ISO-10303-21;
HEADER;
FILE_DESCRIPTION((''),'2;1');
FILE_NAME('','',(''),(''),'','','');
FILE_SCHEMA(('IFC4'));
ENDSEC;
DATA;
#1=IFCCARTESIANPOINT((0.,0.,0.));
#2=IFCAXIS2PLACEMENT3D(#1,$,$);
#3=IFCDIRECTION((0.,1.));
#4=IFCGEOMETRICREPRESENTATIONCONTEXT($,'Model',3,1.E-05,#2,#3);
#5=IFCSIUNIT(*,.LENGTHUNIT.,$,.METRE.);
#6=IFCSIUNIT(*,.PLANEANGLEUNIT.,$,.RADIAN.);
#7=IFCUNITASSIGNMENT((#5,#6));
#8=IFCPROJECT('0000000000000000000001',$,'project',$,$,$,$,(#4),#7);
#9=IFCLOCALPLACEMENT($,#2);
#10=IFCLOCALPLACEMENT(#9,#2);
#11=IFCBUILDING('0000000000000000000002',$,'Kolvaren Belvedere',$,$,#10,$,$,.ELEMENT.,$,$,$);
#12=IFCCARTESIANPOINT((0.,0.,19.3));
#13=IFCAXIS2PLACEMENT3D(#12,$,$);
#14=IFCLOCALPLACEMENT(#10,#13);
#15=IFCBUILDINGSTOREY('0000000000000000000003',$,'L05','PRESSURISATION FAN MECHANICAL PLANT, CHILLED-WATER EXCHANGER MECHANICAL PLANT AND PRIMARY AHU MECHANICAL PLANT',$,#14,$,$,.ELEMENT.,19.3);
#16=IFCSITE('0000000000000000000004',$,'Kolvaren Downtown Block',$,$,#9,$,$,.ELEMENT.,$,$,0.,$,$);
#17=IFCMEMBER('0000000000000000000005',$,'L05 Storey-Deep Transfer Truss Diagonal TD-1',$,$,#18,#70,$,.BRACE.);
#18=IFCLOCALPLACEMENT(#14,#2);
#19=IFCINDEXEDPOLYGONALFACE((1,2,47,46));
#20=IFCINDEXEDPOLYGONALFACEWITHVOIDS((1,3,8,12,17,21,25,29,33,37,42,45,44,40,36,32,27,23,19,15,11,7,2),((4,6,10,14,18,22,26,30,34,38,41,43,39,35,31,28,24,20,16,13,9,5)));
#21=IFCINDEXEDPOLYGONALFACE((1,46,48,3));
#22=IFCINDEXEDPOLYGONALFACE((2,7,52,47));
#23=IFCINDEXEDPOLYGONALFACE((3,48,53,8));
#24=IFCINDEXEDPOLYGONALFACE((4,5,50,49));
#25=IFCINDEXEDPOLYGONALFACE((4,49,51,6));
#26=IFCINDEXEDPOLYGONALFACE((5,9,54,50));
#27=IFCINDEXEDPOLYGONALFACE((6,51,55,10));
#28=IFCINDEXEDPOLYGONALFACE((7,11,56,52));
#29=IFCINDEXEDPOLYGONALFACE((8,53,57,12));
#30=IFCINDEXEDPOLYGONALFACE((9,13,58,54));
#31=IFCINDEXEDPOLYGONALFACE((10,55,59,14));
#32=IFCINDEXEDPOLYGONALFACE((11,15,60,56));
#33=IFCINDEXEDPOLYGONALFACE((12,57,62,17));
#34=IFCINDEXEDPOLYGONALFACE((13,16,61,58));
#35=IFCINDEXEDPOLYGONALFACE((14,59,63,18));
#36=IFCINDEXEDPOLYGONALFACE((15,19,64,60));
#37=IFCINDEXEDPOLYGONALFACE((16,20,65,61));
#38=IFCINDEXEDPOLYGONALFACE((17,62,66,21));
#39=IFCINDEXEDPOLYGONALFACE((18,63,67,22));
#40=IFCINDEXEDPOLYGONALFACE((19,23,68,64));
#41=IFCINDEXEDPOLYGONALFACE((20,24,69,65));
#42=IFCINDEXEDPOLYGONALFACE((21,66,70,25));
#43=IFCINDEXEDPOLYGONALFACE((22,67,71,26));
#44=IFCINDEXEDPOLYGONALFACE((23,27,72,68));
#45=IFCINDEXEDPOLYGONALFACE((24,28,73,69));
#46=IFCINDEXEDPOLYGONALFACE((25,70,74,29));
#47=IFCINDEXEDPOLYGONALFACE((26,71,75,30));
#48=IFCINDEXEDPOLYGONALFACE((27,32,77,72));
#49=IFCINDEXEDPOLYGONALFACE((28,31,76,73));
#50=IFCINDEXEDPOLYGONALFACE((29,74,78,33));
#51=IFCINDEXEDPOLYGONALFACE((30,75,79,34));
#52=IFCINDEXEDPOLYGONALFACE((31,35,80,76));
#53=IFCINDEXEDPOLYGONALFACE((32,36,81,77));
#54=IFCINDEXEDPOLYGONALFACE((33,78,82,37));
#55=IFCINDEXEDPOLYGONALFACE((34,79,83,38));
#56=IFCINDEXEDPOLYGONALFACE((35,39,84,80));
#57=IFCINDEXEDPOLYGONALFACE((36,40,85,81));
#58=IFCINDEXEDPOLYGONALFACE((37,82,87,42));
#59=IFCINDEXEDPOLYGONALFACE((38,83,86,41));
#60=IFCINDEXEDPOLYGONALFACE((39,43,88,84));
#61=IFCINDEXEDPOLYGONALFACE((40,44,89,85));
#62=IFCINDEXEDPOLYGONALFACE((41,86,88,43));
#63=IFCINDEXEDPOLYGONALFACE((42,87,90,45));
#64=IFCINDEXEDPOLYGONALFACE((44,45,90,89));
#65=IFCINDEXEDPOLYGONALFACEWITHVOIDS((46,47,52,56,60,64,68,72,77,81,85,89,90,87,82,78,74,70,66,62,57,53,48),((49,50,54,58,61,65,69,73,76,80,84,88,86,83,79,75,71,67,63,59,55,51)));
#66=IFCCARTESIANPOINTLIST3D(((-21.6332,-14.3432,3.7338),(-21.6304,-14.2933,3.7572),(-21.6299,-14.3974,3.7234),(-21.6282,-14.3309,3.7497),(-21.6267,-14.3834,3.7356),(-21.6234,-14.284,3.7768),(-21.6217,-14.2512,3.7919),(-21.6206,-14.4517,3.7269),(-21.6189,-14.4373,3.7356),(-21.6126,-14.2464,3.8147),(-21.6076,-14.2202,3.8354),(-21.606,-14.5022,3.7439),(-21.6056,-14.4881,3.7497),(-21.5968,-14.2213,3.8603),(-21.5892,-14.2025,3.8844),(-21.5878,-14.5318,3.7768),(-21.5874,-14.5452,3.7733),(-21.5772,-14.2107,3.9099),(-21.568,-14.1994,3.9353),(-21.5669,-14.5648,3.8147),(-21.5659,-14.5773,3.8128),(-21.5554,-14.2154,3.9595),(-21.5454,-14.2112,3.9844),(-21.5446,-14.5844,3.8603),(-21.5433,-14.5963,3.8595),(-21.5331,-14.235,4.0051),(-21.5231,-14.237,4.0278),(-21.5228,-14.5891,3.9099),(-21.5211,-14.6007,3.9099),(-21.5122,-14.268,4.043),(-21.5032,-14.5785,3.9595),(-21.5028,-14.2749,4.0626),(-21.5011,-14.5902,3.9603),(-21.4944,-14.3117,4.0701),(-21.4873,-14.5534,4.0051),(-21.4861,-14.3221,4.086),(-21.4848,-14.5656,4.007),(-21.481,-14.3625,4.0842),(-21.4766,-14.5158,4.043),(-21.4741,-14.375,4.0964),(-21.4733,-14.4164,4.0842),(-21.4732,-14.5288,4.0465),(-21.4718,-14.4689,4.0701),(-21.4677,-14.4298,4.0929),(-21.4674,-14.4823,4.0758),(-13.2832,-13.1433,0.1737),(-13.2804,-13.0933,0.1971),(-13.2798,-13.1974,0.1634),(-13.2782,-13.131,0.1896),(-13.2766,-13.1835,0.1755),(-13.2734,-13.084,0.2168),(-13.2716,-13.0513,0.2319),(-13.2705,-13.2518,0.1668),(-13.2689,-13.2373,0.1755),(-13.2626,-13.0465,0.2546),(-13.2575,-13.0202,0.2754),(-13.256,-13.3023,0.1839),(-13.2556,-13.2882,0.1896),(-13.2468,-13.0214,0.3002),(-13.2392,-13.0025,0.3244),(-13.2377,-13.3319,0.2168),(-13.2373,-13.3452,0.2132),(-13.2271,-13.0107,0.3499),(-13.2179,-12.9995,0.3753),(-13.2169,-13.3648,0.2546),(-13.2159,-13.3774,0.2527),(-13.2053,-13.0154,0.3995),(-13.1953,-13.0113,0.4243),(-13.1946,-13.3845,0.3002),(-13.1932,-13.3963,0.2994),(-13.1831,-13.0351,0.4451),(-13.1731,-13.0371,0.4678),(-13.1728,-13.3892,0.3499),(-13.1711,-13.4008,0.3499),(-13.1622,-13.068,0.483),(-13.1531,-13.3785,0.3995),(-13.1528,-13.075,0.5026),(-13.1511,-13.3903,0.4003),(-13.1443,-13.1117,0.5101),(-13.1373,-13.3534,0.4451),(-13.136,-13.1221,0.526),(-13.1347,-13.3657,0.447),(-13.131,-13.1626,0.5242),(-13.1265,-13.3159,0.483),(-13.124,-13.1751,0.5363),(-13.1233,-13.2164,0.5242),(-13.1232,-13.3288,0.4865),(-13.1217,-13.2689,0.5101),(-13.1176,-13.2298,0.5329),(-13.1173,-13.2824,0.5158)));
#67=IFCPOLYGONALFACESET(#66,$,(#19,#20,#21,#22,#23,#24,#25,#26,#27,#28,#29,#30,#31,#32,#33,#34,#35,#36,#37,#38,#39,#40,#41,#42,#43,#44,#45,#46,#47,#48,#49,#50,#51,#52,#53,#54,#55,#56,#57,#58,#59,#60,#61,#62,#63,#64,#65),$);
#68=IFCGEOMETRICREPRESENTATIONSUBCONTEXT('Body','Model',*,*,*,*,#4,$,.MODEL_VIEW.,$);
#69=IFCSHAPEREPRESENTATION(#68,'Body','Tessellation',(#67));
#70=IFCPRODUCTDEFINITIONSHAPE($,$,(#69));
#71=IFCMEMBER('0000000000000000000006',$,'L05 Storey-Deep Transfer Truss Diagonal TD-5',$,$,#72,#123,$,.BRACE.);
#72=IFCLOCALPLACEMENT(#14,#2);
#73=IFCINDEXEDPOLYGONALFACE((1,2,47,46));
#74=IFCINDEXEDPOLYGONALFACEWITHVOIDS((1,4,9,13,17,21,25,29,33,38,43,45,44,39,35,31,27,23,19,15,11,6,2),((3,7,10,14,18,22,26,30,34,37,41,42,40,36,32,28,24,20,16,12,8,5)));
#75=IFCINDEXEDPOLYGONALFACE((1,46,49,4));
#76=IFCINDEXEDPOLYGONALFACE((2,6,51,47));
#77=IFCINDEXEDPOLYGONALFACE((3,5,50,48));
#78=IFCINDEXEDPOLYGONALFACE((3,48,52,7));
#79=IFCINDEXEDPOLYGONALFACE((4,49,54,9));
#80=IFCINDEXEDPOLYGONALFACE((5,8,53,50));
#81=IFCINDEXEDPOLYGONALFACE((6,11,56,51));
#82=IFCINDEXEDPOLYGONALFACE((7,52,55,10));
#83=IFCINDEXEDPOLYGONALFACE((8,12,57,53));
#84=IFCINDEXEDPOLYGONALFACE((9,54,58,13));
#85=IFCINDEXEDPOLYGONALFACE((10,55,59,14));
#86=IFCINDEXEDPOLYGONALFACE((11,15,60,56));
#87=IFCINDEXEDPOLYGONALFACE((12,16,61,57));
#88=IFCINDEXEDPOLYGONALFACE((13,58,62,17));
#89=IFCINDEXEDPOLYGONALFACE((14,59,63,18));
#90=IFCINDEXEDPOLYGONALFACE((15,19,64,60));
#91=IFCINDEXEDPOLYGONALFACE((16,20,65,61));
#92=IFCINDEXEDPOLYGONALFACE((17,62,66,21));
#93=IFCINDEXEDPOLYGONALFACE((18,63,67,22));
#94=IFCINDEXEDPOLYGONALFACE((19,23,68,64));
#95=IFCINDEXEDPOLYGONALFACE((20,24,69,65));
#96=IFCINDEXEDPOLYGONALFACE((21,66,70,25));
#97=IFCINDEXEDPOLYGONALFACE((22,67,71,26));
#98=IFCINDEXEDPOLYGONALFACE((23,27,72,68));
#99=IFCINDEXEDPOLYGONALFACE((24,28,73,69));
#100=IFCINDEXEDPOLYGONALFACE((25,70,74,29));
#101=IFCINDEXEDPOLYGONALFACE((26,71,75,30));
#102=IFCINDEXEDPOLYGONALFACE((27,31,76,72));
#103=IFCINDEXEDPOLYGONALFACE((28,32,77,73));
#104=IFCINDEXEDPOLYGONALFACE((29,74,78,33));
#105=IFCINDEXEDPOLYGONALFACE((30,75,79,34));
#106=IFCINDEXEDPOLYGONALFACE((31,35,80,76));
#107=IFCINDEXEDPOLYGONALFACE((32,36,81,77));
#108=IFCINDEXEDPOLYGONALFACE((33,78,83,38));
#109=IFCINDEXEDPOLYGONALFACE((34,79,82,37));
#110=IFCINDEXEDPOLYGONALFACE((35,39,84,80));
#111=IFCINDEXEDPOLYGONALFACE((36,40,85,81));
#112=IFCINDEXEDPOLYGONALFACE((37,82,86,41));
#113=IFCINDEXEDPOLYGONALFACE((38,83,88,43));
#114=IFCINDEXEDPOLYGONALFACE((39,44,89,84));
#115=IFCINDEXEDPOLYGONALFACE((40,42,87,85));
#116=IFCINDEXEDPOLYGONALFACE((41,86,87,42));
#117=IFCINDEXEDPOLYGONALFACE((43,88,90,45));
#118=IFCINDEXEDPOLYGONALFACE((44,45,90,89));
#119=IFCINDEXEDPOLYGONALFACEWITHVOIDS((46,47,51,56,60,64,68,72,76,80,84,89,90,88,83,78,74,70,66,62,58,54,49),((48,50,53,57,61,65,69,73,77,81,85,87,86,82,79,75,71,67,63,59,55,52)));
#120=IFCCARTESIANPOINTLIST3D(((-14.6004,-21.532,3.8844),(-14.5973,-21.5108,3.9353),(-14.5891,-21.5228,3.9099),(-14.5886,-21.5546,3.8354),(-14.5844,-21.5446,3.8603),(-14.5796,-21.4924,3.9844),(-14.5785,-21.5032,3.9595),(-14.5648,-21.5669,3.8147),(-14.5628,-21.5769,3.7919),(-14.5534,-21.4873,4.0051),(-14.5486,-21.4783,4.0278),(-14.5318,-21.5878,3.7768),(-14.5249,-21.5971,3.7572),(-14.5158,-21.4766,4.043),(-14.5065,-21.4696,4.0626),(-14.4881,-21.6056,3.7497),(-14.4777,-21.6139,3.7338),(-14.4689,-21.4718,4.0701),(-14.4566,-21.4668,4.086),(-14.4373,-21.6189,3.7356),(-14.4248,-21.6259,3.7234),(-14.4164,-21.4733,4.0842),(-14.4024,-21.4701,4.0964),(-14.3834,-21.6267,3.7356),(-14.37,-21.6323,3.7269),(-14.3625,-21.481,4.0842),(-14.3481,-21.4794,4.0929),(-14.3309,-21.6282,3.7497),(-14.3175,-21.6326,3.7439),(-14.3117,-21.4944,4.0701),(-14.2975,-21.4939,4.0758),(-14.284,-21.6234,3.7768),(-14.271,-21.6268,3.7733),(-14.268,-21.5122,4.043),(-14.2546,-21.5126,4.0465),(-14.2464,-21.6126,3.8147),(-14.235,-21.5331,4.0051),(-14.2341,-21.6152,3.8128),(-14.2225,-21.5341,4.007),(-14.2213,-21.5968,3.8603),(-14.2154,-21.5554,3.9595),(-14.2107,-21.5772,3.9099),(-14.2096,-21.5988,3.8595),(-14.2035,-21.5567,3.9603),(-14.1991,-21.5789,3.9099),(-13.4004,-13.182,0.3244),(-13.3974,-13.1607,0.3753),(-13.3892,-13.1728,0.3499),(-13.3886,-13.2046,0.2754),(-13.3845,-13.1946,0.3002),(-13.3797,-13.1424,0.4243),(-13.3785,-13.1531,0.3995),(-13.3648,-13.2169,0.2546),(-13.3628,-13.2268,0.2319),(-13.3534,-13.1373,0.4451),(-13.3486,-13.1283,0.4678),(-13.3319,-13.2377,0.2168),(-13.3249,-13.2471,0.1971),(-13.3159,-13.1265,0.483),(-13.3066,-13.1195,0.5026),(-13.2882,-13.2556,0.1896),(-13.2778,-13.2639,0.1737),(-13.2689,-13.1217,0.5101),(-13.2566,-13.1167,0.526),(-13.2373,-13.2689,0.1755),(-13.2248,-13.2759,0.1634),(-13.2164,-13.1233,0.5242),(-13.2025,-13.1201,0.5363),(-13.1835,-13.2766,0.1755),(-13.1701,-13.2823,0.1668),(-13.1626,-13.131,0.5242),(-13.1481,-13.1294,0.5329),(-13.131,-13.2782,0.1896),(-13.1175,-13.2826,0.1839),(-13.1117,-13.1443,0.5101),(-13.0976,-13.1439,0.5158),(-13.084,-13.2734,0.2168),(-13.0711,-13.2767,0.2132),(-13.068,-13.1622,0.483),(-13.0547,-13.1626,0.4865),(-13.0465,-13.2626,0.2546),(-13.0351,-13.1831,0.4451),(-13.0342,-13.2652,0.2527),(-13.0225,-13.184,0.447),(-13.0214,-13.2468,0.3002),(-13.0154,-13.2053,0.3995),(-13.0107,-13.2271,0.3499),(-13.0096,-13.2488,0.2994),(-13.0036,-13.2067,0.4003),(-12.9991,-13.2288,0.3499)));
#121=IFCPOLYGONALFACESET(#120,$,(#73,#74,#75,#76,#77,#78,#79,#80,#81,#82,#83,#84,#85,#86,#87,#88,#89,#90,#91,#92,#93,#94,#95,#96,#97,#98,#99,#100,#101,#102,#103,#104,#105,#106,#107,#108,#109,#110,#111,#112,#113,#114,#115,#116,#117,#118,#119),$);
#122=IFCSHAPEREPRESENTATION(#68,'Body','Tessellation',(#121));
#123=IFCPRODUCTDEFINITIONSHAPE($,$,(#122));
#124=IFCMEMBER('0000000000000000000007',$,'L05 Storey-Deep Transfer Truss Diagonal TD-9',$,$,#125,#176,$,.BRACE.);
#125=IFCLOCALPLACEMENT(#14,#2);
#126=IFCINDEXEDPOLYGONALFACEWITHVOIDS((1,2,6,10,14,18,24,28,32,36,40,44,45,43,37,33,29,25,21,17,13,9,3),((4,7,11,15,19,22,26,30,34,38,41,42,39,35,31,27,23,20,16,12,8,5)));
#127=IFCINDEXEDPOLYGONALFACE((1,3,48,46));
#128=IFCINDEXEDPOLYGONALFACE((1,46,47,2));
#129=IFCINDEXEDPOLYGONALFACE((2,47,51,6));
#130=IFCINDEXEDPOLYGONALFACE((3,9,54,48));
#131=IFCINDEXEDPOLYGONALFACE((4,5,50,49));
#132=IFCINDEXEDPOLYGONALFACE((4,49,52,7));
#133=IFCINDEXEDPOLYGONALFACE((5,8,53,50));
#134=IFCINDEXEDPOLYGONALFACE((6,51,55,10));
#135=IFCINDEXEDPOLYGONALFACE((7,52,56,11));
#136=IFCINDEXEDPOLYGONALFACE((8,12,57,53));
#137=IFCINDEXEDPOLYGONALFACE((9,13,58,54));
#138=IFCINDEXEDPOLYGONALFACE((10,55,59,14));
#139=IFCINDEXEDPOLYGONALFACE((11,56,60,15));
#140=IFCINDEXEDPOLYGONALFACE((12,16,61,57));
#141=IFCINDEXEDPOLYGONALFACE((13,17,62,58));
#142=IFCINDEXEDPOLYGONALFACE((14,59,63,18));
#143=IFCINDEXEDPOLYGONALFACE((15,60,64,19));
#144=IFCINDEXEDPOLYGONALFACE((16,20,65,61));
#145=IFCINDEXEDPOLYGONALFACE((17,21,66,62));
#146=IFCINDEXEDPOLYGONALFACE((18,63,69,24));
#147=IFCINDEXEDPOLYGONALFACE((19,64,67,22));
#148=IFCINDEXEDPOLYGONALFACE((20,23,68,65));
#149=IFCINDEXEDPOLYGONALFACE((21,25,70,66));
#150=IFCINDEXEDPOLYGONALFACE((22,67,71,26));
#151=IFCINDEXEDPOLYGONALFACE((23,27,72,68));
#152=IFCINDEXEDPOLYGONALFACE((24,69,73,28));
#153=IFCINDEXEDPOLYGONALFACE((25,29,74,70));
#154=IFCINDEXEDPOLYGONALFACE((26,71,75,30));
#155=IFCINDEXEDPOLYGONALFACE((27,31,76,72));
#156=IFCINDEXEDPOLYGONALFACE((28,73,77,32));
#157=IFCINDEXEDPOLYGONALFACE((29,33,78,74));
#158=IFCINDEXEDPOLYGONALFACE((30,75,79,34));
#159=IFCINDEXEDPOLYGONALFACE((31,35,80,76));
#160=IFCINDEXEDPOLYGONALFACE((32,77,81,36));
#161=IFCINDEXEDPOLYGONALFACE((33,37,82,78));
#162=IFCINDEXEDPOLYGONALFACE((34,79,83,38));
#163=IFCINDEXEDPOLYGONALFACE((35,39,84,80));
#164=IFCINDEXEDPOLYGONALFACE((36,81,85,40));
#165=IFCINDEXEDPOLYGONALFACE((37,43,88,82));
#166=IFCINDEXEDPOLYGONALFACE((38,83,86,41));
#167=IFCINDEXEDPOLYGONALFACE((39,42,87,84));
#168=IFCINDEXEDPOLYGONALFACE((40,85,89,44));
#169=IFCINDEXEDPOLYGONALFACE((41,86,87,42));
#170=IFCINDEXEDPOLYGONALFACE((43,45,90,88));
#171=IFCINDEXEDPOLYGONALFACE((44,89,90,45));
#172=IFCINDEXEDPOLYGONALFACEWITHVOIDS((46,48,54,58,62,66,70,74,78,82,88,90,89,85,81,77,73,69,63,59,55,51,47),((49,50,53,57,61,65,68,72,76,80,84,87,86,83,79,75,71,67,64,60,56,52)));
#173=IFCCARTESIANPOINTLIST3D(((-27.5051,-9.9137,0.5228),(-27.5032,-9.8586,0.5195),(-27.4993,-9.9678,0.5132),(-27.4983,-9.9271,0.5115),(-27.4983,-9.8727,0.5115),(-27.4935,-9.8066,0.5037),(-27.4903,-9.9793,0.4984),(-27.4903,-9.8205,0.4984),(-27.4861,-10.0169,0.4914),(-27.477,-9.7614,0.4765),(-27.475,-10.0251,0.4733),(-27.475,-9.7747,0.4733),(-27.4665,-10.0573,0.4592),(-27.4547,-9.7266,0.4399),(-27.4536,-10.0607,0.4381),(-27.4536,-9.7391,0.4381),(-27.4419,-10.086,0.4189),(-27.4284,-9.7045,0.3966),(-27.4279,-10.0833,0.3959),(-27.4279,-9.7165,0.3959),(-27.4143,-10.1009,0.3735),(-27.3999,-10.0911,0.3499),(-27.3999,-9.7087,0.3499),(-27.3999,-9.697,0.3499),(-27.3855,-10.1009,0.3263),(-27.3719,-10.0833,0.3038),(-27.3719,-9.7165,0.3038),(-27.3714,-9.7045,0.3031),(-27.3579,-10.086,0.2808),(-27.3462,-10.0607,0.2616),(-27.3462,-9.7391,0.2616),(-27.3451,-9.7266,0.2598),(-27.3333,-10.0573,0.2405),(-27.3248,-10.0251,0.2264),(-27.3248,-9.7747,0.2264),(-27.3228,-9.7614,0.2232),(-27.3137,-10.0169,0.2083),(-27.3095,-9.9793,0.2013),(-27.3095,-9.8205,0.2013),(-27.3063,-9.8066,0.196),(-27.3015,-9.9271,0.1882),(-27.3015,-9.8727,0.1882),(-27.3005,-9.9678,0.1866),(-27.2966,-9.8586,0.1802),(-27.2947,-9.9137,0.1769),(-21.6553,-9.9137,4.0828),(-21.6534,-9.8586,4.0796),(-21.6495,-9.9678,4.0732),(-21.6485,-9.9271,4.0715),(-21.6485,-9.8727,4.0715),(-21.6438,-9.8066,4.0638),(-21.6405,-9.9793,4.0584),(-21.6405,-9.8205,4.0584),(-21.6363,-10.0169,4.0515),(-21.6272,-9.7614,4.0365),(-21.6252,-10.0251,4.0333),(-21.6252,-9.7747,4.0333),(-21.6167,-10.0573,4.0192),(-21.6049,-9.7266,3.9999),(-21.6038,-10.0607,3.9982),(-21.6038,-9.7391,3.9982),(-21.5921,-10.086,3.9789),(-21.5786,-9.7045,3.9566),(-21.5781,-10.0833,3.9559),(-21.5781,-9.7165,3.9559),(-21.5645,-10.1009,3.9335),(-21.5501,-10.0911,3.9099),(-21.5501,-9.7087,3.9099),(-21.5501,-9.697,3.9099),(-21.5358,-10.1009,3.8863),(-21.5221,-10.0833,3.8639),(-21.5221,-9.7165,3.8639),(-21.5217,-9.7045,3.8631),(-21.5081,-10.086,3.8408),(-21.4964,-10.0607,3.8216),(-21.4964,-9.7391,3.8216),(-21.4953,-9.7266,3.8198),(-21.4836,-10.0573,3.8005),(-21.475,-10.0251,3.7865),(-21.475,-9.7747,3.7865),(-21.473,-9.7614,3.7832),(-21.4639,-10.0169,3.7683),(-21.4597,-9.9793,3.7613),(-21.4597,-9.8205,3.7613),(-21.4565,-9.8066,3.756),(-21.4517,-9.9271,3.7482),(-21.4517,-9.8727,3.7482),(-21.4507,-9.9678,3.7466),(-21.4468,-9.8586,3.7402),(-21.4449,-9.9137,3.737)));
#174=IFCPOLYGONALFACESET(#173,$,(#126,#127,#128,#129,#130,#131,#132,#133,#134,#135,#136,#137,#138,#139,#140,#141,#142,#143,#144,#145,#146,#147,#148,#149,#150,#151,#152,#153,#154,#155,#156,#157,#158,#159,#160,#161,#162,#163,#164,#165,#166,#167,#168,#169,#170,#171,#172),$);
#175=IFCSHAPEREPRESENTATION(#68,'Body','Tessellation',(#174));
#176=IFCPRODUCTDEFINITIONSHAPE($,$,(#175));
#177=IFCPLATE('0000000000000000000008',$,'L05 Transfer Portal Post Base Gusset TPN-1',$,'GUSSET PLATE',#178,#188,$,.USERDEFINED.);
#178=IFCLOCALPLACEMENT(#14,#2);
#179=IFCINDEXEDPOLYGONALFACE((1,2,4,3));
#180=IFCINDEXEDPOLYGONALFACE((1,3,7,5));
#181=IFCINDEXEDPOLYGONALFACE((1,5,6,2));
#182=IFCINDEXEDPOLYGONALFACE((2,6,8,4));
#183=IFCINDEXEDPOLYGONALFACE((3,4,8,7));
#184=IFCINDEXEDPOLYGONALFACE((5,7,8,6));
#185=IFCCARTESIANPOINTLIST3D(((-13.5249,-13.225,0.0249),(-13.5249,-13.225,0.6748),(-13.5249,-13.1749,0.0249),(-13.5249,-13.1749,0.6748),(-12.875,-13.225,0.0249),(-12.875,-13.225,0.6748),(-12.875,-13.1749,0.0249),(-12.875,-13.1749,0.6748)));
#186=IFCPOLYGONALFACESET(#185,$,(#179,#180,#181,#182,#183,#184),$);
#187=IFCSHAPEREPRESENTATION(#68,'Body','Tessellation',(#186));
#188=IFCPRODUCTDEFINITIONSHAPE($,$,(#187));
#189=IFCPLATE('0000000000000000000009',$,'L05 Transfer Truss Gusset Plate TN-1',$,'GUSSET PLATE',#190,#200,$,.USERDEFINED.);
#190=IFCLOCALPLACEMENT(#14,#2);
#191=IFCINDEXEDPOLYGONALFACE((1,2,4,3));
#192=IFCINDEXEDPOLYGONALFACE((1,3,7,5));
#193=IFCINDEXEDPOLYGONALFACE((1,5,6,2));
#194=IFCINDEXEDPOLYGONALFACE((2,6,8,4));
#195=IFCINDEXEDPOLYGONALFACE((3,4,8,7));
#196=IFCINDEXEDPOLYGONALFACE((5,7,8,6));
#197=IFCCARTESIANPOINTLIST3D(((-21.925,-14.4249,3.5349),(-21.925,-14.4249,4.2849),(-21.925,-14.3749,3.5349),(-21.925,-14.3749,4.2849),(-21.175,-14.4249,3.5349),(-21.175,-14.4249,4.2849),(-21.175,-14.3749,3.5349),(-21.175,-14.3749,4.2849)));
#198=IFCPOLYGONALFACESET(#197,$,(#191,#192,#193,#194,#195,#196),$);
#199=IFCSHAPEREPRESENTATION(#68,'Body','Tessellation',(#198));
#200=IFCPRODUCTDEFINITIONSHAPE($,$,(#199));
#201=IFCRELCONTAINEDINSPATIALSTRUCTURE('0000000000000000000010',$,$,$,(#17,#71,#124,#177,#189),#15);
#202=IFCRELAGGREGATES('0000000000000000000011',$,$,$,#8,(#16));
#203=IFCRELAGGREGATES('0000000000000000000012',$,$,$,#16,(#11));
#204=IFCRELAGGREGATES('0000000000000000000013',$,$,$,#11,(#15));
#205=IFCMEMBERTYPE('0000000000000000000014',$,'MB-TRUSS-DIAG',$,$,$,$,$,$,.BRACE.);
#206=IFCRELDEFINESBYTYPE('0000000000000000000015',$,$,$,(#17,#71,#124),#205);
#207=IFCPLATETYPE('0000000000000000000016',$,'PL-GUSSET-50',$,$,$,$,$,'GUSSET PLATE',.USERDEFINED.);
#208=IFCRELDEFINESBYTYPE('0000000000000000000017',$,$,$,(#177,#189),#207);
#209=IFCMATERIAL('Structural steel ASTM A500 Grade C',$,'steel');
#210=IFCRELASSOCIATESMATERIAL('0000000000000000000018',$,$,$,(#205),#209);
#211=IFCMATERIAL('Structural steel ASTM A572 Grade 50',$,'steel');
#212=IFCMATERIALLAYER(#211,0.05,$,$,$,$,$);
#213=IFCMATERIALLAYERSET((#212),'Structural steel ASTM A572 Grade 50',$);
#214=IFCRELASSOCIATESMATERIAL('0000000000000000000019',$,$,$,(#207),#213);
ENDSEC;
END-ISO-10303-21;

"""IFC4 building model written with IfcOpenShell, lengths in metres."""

from ifc_helpers import new_model, si_unit, direction, frame, origin, origin_2d, place, context, subcontext, project, spatial, rectangle, hollow_circle, extrude, material, layer, layer_set, material_profile, profile_set, type_object, element, save


model = new_model("IFC4")

# Units and contexts
model_context = context("Model", 3, precision=1e-05, world=origin(), true_north=direction((0.0, 1.0)))
body_context = subcontext(model_context, "Body", "Model", "MODEL_VIEW")
ifc_project = project(units=[si_unit("LENGTHUNIT", "METRE"), si_unit("PLANEANGLEUNIT", "RADIAN")], contexts=[model_context])

# Site, building, storey
site_placement = place(None, origin())
site = spatial("IfcSite", under=ifc_project, at=site_placement, Name="Kolvaren Downtown Block", CompositionType="ELEMENT", RefElevation=0.0)
building_placement = place(site_placement, origin())
building = spatial("IfcBuilding", under=site, at=building_placement, Name="Kolvaren Belvedere", CompositionType="ELEMENT")
storey_placement = place(building_placement, frame((0.0, 0.0, 19.3)))
storey = spatial("IfcBuildingStorey", under=building, at=storey_placement, Name="L05", Description="PRESSURISATION FAN MECHANICAL PLANT, CHILLED-WATER EXCHANGER MECHANICAL PLANT AND PRIMARY AHU MECHANICAL PLANT", CompositionType="ELEMENT", Elevation=19.3)

# Members
ifc_material_1 = material(Name="Structural steel ASTM A500 Grade C", Category="steel")
ifc_material_profile_1 = material_profile(ifc_material_1, hollow_circle(Radius=0.2029, WallThickness=0.0117, at=origin_2d()), Name="HSS16.000X0.500")
ifc_profile_set_1 = profile_set([ifc_material_profile_1], Name="Structural steel ASTM A500 Grade C")
member_type_1 = type_object("IfcMemberType", Name="MB-TRUSS-DIAG", PredefinedType="BRACE", material=ifc_profile_set_1)
for number, where, z_axis, x_axis, name in (
    (1, (-13.2, -13.2, 0.3499), (-0.91195, -0.131052, 0.388809), (0.142244, -0.989832, 0.0), "L05 Storey-Deep Transfer Truss Diagonal TD-1"),
    (2, (-13.2, -13.2, 0.3499), (-0.131052, -0.91195, 0.388809), (0.989832, -0.142244, 0.0), "L05 Storey-Deep Transfer Truss Diagonal TD-5"),
):
    element("IfcMember", number, at=place(storey_placement, frame(where, z_axis=z_axis, x_axis=x_axis)), inside=storey, type_object=member_type_1, Name=name, PredefinedType="BRACE", context=body_context, shape_type="SweptSolid", body=[
        extrude(hollow_circle(Radius=0.2029, WallThickness=0.0117, at=origin_2d()), origin(), (0.0, 0.0, 1.0), 9.1562),
    ])
member_1_placement = place(storey_placement, frame((-27.3999, -9.8999, 0.3499), z_axis=(0.854245, 0.0, 0.51987), x_axis=(0.0, 1.0, 0.0)))
element("IfcMember", 3, at=member_1_placement, inside=storey, type_object=member_type_1, Name="L05 Storey-Deep Transfer Truss Diagonal TD-9", PredefinedType="BRACE", context=body_context, shape_type="SweptSolid", body=[
    extrude(hollow_circle(Radius=0.2029, WallThickness=0.0117, at=origin_2d()), origin(), (0.0, 0.0, 1.0), 6.8479),
])

# Plates
ifc_material_2 = material(Name="Structural steel ASTM A572 Grade 50", Category="steel")
ifc_layer_1 = layer(ifc_material_2, 0.05)
ifc_layer_set_1 = layer_set([ifc_layer_1], Name="Structural steel ASTM A572 Grade 50")
plate_type = type_object("IfcPlateType", Name="PL-GUSSET-50", ElementType="GUSSET PLATE", PredefinedType="USERDEFINED", material=ifc_layer_set_1)
plate_placement = place(storey_placement, frame((-13.2, -13.2, 0.0249), z_axis=(0.0, 0.0, 1.0), x_axis=(1.0, 0.0, 0.0)))
element("IfcPlate", 4, at=plate_placement, inside=storey, type_object=plate_type, Name="L05 Transfer Portal Post Base Gusset TPN-1", ObjectType="GUSSET PLATE", PredefinedType="USERDEFINED", context=body_context, shape_type="SweptSolid", body=[
    extrude(rectangle(XDim=0.6499, YDim=0.05, at=origin_2d()), origin(), (0.0, 0.0, 1.0), 0.6499),
])
for number, where, z_axis, x_axis, name in (
    (5, (-21.55, -14.3999, 3.5349), (0.0, 0.0, 1.0), (1.0, 0.0, 0.0), "L05 Transfer Truss Gusset Plate TN-1"),
):
    element("IfcPlate", number, at=place(storey_placement, frame(where, z_axis=z_axis, x_axis=x_axis)), inside=storey, type_object=plate_type, Name=name, ObjectType="GUSSET PLATE", PredefinedType="USERDEFINED", context=body_context, shape_type="SweptSolid", body=[
        extrude(rectangle(XDim=0.75, YDim=0.05, at=origin_2d()), origin(), (0.0, 0.0, 1.0), 0.75),
    ])

save(model, "model.ifc")
